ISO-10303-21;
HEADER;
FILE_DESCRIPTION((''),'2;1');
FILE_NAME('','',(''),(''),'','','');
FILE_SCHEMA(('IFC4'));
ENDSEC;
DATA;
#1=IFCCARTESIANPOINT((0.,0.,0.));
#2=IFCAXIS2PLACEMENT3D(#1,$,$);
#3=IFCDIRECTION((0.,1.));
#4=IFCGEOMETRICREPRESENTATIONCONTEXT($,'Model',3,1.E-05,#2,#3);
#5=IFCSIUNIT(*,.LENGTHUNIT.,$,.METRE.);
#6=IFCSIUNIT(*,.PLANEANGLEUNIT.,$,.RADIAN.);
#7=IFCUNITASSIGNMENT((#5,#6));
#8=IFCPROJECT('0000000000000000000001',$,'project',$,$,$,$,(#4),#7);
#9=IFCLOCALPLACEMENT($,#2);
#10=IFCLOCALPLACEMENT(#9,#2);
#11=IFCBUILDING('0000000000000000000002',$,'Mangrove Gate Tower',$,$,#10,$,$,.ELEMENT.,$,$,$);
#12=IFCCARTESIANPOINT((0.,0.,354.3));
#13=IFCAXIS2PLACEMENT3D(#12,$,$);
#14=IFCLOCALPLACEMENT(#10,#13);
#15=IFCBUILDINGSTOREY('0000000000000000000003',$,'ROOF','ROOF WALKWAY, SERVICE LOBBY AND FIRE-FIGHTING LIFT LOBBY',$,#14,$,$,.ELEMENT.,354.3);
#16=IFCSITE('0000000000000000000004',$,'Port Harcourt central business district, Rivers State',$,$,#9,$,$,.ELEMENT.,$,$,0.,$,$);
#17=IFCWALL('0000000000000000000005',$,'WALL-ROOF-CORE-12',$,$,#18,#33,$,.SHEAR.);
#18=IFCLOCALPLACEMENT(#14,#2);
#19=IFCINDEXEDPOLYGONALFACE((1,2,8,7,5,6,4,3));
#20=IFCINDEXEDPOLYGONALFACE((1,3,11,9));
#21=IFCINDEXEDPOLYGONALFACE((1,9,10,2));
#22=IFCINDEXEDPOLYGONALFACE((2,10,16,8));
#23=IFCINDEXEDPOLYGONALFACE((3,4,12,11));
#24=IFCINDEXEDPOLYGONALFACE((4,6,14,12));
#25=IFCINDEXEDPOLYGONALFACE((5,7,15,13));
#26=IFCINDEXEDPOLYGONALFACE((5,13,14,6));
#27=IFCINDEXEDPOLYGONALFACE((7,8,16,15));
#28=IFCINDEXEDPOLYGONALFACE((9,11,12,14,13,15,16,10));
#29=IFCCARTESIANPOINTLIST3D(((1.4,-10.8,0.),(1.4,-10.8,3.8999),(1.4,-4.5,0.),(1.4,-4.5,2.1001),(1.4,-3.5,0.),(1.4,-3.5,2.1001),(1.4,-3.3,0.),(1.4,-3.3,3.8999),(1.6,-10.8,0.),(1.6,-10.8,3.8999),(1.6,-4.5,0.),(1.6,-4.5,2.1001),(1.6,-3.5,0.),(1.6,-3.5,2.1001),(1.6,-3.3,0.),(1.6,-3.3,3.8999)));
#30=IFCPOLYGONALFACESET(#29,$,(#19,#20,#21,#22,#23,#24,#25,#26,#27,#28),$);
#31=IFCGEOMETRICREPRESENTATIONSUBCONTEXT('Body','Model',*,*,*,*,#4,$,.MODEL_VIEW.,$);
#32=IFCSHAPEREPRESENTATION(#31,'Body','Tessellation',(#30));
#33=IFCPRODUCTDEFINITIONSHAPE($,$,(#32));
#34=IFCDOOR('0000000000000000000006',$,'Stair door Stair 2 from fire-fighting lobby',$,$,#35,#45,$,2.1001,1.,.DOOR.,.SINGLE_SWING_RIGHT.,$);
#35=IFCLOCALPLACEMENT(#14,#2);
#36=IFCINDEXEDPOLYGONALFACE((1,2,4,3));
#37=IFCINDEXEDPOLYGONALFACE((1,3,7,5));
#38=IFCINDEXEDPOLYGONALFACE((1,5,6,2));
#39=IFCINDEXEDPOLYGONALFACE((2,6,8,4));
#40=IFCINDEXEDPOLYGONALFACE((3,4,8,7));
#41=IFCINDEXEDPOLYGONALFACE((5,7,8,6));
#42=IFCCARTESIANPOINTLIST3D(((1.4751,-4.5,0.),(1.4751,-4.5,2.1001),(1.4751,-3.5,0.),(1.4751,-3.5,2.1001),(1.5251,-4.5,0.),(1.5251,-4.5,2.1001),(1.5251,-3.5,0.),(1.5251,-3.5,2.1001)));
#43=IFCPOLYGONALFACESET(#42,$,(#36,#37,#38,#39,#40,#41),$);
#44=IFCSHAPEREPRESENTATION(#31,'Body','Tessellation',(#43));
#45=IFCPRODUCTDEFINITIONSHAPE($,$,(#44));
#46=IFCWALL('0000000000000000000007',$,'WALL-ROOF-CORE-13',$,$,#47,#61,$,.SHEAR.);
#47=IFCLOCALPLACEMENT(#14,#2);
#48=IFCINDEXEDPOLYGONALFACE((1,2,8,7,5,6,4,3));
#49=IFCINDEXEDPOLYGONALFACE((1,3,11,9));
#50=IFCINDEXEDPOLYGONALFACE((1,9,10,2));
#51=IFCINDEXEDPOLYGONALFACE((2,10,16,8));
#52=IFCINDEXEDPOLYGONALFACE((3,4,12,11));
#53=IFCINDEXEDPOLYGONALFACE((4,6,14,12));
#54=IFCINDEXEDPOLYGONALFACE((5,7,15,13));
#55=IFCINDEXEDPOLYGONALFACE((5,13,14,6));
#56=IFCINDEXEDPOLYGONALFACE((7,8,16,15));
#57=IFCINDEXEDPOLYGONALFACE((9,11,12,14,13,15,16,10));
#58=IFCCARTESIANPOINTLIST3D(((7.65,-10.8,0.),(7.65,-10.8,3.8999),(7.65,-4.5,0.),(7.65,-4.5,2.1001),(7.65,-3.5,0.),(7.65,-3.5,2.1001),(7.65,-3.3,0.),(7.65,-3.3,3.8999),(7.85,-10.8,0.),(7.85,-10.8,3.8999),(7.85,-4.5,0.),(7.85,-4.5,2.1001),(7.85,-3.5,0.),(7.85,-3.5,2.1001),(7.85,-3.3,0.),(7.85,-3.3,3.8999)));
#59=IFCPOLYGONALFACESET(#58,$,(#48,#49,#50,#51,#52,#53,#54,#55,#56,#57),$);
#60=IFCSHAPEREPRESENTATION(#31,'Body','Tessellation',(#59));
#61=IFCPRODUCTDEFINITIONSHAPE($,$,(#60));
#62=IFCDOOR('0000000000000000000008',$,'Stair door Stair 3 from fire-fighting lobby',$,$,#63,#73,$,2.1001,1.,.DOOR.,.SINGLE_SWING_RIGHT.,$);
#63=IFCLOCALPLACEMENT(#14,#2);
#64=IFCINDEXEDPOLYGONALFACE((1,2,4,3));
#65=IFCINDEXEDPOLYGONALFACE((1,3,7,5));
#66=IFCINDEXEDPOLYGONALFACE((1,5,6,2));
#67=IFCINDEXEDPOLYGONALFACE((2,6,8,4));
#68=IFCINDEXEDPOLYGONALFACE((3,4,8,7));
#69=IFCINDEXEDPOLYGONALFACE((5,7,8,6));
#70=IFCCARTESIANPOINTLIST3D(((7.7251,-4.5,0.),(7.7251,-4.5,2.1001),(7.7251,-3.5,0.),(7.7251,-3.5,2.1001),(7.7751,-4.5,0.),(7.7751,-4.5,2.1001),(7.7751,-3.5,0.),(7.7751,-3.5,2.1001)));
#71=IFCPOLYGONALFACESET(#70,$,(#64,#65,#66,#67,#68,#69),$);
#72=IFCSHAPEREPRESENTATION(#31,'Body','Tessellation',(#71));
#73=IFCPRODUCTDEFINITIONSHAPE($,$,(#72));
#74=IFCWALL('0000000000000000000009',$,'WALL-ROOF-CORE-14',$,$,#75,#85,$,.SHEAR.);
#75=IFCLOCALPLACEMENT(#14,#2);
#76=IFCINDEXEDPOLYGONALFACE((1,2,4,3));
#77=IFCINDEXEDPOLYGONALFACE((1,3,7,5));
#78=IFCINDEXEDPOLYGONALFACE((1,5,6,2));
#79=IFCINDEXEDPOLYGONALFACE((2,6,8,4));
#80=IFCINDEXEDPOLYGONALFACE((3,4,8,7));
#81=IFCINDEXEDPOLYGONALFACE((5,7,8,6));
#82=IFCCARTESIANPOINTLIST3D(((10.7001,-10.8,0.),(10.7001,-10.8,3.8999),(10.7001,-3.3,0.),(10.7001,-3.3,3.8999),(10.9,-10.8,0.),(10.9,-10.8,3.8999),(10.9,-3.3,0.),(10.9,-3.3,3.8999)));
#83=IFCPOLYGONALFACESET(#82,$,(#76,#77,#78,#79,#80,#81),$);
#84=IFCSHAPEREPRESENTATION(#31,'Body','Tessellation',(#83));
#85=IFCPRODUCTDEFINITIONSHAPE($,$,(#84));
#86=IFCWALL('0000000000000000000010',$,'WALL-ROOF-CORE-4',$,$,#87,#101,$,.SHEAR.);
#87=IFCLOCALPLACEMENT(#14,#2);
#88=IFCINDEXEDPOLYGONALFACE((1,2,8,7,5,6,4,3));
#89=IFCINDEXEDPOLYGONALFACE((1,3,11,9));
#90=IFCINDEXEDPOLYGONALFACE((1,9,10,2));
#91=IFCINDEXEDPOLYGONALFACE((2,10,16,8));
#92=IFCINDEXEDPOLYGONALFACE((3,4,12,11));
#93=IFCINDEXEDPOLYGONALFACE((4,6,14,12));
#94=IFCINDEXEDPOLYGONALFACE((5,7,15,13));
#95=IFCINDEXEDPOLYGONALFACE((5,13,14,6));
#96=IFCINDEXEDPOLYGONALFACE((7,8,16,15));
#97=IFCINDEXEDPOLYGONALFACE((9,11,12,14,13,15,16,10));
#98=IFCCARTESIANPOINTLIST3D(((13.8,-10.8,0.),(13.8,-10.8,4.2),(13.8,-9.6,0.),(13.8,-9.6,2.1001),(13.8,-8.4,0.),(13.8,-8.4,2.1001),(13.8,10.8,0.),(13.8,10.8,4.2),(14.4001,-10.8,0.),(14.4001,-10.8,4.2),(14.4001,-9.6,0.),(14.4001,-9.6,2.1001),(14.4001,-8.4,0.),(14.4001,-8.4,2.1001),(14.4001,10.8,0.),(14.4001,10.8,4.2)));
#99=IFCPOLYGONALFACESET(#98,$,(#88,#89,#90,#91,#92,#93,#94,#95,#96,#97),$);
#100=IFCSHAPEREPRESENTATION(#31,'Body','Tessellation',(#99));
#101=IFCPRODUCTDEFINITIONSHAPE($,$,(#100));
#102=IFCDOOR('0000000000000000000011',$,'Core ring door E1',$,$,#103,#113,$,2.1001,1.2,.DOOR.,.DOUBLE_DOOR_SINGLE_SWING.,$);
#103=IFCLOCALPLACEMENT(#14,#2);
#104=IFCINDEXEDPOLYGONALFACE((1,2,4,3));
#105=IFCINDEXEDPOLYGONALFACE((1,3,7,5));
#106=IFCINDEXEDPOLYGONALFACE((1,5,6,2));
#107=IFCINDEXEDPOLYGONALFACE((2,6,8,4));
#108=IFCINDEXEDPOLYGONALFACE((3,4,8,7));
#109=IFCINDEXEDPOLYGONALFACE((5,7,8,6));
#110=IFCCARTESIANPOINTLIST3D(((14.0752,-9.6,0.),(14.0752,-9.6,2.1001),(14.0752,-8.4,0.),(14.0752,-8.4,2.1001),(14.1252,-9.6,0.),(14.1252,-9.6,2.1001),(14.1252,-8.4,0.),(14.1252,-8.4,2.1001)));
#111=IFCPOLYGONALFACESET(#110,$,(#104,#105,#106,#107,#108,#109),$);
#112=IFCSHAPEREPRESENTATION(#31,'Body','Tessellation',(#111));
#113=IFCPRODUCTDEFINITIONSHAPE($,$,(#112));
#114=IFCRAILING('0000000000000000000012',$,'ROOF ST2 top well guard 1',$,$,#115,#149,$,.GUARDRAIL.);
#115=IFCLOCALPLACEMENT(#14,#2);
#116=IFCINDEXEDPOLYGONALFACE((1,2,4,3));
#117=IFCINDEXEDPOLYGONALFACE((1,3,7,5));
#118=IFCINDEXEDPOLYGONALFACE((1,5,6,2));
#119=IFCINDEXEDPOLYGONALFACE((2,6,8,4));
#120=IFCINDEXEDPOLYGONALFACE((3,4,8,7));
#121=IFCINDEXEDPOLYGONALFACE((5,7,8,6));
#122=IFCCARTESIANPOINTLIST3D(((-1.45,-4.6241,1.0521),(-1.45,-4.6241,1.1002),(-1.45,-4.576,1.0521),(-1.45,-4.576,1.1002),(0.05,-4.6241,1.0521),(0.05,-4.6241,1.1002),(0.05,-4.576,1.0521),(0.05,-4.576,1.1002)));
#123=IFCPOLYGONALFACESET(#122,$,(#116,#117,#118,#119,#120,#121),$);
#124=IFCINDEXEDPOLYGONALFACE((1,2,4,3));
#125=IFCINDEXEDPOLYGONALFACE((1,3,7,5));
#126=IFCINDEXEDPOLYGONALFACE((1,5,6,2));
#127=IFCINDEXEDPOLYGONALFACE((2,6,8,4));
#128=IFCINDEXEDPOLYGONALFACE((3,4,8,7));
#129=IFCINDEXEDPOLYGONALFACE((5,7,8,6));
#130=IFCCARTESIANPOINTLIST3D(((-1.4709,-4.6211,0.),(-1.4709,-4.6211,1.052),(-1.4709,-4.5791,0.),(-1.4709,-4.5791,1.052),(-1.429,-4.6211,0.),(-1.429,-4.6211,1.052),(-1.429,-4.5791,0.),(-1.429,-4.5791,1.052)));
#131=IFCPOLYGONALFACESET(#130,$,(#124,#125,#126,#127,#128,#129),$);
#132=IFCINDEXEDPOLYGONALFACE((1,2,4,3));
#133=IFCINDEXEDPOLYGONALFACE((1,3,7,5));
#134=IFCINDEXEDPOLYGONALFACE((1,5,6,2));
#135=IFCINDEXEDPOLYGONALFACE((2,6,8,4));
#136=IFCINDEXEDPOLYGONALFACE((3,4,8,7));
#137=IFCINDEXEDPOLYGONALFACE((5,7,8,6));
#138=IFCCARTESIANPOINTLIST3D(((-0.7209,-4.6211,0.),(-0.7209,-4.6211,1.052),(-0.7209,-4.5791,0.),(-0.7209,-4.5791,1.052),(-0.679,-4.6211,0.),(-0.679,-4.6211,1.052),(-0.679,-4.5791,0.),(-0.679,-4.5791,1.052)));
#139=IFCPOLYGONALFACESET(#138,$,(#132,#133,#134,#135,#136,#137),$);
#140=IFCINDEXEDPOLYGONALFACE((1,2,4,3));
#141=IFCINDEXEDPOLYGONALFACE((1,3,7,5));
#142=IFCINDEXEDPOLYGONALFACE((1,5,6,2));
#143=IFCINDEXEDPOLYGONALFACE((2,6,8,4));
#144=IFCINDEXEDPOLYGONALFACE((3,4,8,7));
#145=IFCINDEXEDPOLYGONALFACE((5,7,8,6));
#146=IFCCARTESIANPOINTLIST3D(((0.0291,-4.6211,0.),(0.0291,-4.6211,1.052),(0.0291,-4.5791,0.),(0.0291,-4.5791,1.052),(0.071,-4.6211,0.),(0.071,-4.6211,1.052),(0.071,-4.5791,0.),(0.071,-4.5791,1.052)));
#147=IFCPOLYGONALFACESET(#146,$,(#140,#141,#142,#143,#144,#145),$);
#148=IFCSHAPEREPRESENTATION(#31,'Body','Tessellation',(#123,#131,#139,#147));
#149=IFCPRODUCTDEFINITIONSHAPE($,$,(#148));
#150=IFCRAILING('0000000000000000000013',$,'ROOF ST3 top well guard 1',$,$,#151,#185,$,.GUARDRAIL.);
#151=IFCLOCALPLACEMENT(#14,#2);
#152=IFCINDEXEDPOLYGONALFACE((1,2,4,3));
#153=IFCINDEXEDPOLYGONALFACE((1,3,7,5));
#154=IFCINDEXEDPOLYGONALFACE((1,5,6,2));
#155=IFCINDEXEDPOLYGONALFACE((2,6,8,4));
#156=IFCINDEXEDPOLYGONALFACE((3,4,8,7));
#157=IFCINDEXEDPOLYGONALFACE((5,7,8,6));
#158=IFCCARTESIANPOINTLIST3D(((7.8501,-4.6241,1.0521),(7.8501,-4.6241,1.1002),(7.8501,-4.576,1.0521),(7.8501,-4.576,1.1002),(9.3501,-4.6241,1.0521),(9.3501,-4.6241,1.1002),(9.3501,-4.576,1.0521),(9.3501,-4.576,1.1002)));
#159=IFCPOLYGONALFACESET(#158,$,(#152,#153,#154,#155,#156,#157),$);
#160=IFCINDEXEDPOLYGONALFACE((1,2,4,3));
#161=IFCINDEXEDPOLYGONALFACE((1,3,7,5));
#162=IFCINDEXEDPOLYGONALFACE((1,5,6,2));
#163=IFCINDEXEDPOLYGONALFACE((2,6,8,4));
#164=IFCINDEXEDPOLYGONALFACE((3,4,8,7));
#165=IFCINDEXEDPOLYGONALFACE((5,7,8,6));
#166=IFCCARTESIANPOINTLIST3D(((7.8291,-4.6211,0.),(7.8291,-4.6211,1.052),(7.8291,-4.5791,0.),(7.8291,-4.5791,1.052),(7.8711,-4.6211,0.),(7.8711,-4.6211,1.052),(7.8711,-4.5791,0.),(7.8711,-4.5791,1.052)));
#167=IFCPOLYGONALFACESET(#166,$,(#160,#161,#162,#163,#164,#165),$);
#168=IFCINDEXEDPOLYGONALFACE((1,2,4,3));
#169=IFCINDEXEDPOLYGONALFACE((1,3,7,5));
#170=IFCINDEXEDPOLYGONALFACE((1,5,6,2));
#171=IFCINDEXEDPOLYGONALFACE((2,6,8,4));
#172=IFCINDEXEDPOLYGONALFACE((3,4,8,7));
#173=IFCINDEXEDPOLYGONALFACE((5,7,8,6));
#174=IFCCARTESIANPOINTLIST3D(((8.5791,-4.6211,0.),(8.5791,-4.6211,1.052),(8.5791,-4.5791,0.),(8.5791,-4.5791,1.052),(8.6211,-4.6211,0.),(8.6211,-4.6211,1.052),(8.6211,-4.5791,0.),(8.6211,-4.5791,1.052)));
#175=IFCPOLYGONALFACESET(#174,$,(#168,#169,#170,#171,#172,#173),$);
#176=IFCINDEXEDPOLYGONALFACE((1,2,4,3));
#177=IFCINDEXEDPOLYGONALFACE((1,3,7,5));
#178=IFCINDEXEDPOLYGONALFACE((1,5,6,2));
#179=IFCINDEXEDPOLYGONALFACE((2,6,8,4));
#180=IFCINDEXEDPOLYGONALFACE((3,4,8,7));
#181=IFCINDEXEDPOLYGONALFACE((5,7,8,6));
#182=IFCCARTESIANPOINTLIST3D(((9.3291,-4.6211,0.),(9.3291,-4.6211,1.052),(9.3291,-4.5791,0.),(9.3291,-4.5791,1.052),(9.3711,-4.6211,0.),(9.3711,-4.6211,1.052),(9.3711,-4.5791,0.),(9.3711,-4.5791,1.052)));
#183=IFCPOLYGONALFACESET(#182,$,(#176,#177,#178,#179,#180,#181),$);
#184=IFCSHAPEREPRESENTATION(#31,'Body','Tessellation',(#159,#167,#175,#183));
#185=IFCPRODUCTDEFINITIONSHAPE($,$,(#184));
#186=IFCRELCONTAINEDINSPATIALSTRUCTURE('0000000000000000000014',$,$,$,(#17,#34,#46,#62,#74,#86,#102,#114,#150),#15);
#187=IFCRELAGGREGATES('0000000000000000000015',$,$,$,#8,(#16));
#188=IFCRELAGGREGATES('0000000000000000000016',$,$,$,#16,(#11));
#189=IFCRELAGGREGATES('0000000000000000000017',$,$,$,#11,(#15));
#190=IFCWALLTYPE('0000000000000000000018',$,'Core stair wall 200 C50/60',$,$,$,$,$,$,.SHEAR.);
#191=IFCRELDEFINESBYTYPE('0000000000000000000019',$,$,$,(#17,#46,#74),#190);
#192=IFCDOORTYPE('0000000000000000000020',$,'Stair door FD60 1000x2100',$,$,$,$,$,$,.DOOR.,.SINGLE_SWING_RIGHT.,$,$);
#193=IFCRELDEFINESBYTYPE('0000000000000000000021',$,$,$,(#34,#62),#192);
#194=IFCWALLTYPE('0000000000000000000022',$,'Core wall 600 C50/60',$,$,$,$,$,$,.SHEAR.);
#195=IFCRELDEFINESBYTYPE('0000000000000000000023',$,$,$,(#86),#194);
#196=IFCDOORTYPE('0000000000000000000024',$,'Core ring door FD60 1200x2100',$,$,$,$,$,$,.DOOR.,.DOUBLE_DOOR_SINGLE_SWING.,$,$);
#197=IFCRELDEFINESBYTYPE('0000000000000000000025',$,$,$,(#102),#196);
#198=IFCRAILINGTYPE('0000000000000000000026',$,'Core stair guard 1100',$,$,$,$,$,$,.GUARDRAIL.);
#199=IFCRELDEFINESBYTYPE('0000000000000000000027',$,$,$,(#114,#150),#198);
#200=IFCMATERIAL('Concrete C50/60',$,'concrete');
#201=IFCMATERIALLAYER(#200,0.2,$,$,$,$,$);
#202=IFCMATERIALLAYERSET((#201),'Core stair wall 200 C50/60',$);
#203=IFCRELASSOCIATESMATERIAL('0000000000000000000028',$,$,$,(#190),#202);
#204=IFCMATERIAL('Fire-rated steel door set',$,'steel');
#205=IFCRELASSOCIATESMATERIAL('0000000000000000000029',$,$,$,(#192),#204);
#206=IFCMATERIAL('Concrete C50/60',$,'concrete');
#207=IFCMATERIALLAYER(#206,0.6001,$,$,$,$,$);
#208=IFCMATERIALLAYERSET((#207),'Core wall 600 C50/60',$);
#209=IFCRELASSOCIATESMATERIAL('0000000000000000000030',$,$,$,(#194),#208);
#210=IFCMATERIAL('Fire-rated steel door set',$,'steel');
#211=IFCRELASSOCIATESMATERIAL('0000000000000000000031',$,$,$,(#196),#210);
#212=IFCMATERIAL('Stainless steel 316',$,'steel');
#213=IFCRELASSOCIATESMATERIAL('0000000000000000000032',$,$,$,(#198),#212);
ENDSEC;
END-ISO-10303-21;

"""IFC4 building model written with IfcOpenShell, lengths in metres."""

from ifc_helpers import new_model, si_unit, direction, frame, frame_2d, origin, origin_2d, place, context, subcontext, project, spatial, rectangle, extrude, material, layer, layer_set, type_object, element, fill, save


model = new_model("IFC4")

# Units and contexts
model_context = context("Model", 3, precision=1e-05, world=origin(), true_north=direction((0.0, 1.0)))
body_context = subcontext(model_context, "Body", "Model", "MODEL_VIEW")
ifc_project = project(units=[si_unit("LENGTHUNIT", "METRE"), si_unit("PLANEANGLEUNIT", "RADIAN")], contexts=[model_context])

# Site, building, storey
site_placement = place(None, origin())
site = spatial("IfcSite", under=ifc_project, at=site_placement, Name="Port Harcourt central business district, Rivers State", CompositionType="ELEMENT", RefElevation=0.0)
building_placement = place(site_placement, origin())
building = spatial("IfcBuilding", under=site, at=building_placement, Name="Mangrove Gate Tower", CompositionType="ELEMENT")
storey_placement = place(building_placement, frame((0.0, 0.0, 354.3)))
storey = spatial("IfcBuildingStorey", under=building, at=storey_placement, Name="ROOF", Description="ROOF WALKWAY, SERVICE LOBBY AND FIRE-FIGHTING LIFT LOBBY", CompositionType="ELEMENT", Elevation=354.3)

# Walls, openings, doors
ifc_material_1 = material(Name="Concrete C50/60", Category="concrete")
ifc_layer_1 = layer(ifc_material_1, 0.2)
ifc_layer_set_1 = layer_set([ifc_layer_1], Name="Core stair wall 200 C50/60")
wall_type_1 = type_object("IfcWallType", Name="Core stair wall 200 C50/60", PredefinedType="SHEAR", material=ifc_layer_set_1)
ifc_material_2 = material(Name="Fire-rated steel door set", Category="steel")
door_type_1 = type_object("IfcDoorType", Name="Stair door FD60 1000x2100", OperationType="SINGLE_SWING_RIGHT", PredefinedType="DOOR", material=ifc_material_2)
wall_1_placement = place(storey_placement, frame((1.5, -10.8, 0.0), z_axis=(0.0, 0.0, 1.0), x_axis=(0.0, 1.0, 0.0)))
wall_1 = element("IfcWall", 1, at=wall_1_placement, inside=storey, type_object=wall_type_1, Name="WALL-ROOF-CORE-12", PredefinedType="SHEAR", context=body_context, shape_type="SweptSolid", body=[
    extrude(rectangle(XDim=7.5, YDim=0.2, at=frame_2d((3.75, 0.0))), origin(), (0.0, 0.0, 1.0), 3.8999),
])
opening_1_placement = place(wall_1_placement, frame((6.3, 0.0, 0.0)))
opening_1 = element("IfcOpeningElement", 2, at=opening_1_placement, cuts=wall_1, PredefinedType="OPENING", context=body_context, shape_type="SweptSolid", body=[
    extrude(rectangle(XDim=1.0, YDim=2.1001, at=frame_2d((0.5, 1.05))), frame((0.0, 0.1099, 0.0), z_axis=(0.0, -1.0, 0.0), x_axis=(1.0, 0.0, 0.0)), (0.0, 0.0, 1.0), 0.22),
])
door_1_placement = place(opening_1_placement, origin())
door_1 = element("IfcDoor", 3, at=door_1_placement, inside=storey, type_object=door_type_1, Name="Stair door Stair 2 from fire-fighting lobby", OperationType="SINGLE_SWING_RIGHT", OverallHeight=2.1001, OverallWidth=1.0, PredefinedType="DOOR", context=body_context, shape_type="SweptSolid", body=[
    extrude(rectangle(XDim=1.0, YDim=2.1001, at=frame_2d((0.5, 1.05))), frame((0.0, 0.0249, 0.0), z_axis=(0.0, -1.0, 0.0), x_axis=(1.0, 0.0, 0.0)), (0.0, 0.0, 1.0), 0.05),
])
fill(opening_1, door_1)
wall_2_placement = place(storey_placement, frame((7.75, -10.8, 0.0), z_axis=(0.0, 0.0, 1.0), x_axis=(0.0, 1.0, 0.0)))
wall_2 = element("IfcWall", 4, at=wall_2_placement, inside=storey, type_object=wall_type_1, Name="WALL-ROOF-CORE-13", PredefinedType="SHEAR", context=body_context, shape_type="SweptSolid", body=[
    extrude(rectangle(XDim=7.5, YDim=0.2, at=frame_2d((3.75, 0.0))), origin(), (0.0, 0.0, 1.0), 3.8999),
])
opening_2_placement = place(wall_2_placement, frame((6.3, 0.0, 0.0)))
opening_2 = element("IfcOpeningElement", 5, at=opening_2_placement, cuts=wall_2, PredefinedType="OPENING", context=body_context, shape_type="SweptSolid", body=[
    extrude(rectangle(XDim=1.0, YDim=2.1001, at=frame_2d((0.5, 1.05))), frame((0.0, 0.1099, 0.0), z_axis=(0.0, -1.0, 0.0), x_axis=(1.0, 0.0, 0.0)), (0.0, 0.0, 1.0), 0.22),
])
door_2_placement = place(opening_2_placement, origin())
door_2 = element("IfcDoor", 6, at=door_2_placement, inside=storey, type_object=door_type_1, Name="Stair door Stair 3 from fire-fighting lobby", OperationType="SINGLE_SWING_RIGHT", OverallHeight=2.1001, OverallWidth=1.0, PredefinedType="DOOR", context=body_context, shape_type="SweptSolid", body=[
    extrude(rectangle(XDim=1.0, YDim=2.1001, at=frame_2d((0.5, 1.05))), frame((0.0, 0.0249, 0.0), z_axis=(0.0, -1.0, 0.0), x_axis=(1.0, 0.0, 0.0)), (0.0, 0.0, 1.0), 0.05),
])
fill(opening_2, door_2)

# Wall
wall_3_placement = place(storey_placement, frame((10.8, -10.8, 0.0), z_axis=(0.0, 0.0, 1.0), x_axis=(0.0, 1.0, 0.0)))
element("IfcWall", 7, at=wall_3_placement, inside=storey, type_object=wall_type_1, Name="WALL-ROOF-CORE-14", PredefinedType="SHEAR", context=body_context, shape_type="SweptSolid", body=[
    extrude(rectangle(XDim=7.5, YDim=0.2, at=frame_2d((3.75, 0.0))), origin(), (0.0, 0.0, 1.0), 3.8999),
])

# Wall, opening, door
ifc_material_3 = material(Name="Concrete C50/60", Category="concrete")
ifc_layer_2 = layer(ifc_material_3, 0.6001)
ifc_layer_set_2 = layer_set([ifc_layer_2], Name="Core wall 600 C50/60")
wall_type_2 = type_object("IfcWallType", Name="Core wall 600 C50/60", PredefinedType="SHEAR", material=ifc_layer_set_2)
wall_4_placement = place(storey_placement, frame((14.1001, -10.8, 0.0), z_axis=(0.0, 0.0, 1.0), x_axis=(0.0, 1.0, 0.0)))
wall_4 = element("IfcWall", 8, at=wall_4_placement, inside=storey, type_object=wall_type_2, Name="WALL-ROOF-CORE-4", PredefinedType="SHEAR", context=body_context, shape_type="SweptSolid", body=[
    extrude(rectangle(XDim=21.6001, YDim=0.6001, at=frame_2d((10.8, 0.0))), origin(), (0.0, 0.0, 1.0), 4.2),
])
opening_3_placement = place(wall_4_placement, frame((1.2, 0.0, 0.0)))
opening_3 = element("IfcOpeningElement", 9, at=opening_3_placement, cuts=wall_4, PredefinedType="OPENING", context=body_context, shape_type="SweptSolid", body=[
    extrude(rectangle(XDim=1.2, YDim=2.1001, at=frame_2d((0.6001, 1.05))), frame((0.0, 0.3101, 0.0), z_axis=(0.0, -1.0, 0.0), x_axis=(1.0, 0.0, 0.0)), (0.0, 0.0, 1.0), 0.6201),
])
ifc_material_4 = material(Name="Fire-rated steel door set", Category="steel")
door_type_2 = type_object("IfcDoorType", Name="Core ring door FD60 1200x2100", OperationType="DOUBLE_DOOR_SINGLE_SWING", PredefinedType="DOOR", material=ifc_material_4)
door_3_placement = place(opening_3_placement, origin())
door_3 = element("IfcDoor", 10, at=door_3_placement, inside=storey, type_object=door_type_2, Name="Core ring door E1", OperationType="DOUBLE_DOOR_SINGLE_SWING", OverallHeight=2.1001, OverallWidth=1.2, PredefinedType="DOOR", context=body_context, shape_type="SweptSolid", body=[
    extrude(rectangle(XDim=1.2, YDim=2.1001, at=frame_2d((0.6001, 1.05))), frame((0.0, 0.0249, 0.0), z_axis=(0.0, -1.0, 0.0), x_axis=(1.0, 0.0, 0.0)), (0.0, 0.0, 1.0), 0.05),
])
fill(opening_3, door_3)

# Railings
ifc_material_5 = material(Name="Stainless steel 316", Category="steel")
railing_type = type_object("IfcRailingType", Name="Core stair guard 1100", PredefinedType="GUARDRAIL", material=ifc_material_5)
for number, where, name in (
    (11, (-1.45, -4.6001, 0.0), "ROOF ST2 top well guard 1"),
    (12, (7.8501, -4.6001, 0.0), "ROOF ST3 top well guard 1"),
):
    element("IfcRailing", number, at=place(storey_placement, frame(where)), inside=storey, type_object=railing_type, Name=name, PredefinedType="GUARDRAIL", context=body_context, shape_type="SweptSolid", body=[
        extrude(rectangle(XDim=0.0481, YDim=0.0481, at=origin_2d()), frame((0.0, 0.0, 1.0762), z_axis=(1.0, 0.0, 0.0), x_axis=(0.0, 1.0, 0.0)), (0.0, 0.0, 1.0), 1.5),
        extrude(rectangle(XDim=0.042, YDim=0.042, at=origin_2d()), origin(), (0.0, 0.0, 1.0), 1.052),
        extrude(rectangle(XDim=0.042, YDim=0.042, at=origin_2d()), frame((0.75, 0.0, 0.0)), (0.0, 0.0, 1.0), 1.052),
        extrude(rectangle(XDim=0.042, YDim=0.042, at=origin_2d()), frame((1.5, 0.0, 0.0)), (0.0, 0.0, 1.0), 1.052),
    ])

save(model, "model.ifc")
